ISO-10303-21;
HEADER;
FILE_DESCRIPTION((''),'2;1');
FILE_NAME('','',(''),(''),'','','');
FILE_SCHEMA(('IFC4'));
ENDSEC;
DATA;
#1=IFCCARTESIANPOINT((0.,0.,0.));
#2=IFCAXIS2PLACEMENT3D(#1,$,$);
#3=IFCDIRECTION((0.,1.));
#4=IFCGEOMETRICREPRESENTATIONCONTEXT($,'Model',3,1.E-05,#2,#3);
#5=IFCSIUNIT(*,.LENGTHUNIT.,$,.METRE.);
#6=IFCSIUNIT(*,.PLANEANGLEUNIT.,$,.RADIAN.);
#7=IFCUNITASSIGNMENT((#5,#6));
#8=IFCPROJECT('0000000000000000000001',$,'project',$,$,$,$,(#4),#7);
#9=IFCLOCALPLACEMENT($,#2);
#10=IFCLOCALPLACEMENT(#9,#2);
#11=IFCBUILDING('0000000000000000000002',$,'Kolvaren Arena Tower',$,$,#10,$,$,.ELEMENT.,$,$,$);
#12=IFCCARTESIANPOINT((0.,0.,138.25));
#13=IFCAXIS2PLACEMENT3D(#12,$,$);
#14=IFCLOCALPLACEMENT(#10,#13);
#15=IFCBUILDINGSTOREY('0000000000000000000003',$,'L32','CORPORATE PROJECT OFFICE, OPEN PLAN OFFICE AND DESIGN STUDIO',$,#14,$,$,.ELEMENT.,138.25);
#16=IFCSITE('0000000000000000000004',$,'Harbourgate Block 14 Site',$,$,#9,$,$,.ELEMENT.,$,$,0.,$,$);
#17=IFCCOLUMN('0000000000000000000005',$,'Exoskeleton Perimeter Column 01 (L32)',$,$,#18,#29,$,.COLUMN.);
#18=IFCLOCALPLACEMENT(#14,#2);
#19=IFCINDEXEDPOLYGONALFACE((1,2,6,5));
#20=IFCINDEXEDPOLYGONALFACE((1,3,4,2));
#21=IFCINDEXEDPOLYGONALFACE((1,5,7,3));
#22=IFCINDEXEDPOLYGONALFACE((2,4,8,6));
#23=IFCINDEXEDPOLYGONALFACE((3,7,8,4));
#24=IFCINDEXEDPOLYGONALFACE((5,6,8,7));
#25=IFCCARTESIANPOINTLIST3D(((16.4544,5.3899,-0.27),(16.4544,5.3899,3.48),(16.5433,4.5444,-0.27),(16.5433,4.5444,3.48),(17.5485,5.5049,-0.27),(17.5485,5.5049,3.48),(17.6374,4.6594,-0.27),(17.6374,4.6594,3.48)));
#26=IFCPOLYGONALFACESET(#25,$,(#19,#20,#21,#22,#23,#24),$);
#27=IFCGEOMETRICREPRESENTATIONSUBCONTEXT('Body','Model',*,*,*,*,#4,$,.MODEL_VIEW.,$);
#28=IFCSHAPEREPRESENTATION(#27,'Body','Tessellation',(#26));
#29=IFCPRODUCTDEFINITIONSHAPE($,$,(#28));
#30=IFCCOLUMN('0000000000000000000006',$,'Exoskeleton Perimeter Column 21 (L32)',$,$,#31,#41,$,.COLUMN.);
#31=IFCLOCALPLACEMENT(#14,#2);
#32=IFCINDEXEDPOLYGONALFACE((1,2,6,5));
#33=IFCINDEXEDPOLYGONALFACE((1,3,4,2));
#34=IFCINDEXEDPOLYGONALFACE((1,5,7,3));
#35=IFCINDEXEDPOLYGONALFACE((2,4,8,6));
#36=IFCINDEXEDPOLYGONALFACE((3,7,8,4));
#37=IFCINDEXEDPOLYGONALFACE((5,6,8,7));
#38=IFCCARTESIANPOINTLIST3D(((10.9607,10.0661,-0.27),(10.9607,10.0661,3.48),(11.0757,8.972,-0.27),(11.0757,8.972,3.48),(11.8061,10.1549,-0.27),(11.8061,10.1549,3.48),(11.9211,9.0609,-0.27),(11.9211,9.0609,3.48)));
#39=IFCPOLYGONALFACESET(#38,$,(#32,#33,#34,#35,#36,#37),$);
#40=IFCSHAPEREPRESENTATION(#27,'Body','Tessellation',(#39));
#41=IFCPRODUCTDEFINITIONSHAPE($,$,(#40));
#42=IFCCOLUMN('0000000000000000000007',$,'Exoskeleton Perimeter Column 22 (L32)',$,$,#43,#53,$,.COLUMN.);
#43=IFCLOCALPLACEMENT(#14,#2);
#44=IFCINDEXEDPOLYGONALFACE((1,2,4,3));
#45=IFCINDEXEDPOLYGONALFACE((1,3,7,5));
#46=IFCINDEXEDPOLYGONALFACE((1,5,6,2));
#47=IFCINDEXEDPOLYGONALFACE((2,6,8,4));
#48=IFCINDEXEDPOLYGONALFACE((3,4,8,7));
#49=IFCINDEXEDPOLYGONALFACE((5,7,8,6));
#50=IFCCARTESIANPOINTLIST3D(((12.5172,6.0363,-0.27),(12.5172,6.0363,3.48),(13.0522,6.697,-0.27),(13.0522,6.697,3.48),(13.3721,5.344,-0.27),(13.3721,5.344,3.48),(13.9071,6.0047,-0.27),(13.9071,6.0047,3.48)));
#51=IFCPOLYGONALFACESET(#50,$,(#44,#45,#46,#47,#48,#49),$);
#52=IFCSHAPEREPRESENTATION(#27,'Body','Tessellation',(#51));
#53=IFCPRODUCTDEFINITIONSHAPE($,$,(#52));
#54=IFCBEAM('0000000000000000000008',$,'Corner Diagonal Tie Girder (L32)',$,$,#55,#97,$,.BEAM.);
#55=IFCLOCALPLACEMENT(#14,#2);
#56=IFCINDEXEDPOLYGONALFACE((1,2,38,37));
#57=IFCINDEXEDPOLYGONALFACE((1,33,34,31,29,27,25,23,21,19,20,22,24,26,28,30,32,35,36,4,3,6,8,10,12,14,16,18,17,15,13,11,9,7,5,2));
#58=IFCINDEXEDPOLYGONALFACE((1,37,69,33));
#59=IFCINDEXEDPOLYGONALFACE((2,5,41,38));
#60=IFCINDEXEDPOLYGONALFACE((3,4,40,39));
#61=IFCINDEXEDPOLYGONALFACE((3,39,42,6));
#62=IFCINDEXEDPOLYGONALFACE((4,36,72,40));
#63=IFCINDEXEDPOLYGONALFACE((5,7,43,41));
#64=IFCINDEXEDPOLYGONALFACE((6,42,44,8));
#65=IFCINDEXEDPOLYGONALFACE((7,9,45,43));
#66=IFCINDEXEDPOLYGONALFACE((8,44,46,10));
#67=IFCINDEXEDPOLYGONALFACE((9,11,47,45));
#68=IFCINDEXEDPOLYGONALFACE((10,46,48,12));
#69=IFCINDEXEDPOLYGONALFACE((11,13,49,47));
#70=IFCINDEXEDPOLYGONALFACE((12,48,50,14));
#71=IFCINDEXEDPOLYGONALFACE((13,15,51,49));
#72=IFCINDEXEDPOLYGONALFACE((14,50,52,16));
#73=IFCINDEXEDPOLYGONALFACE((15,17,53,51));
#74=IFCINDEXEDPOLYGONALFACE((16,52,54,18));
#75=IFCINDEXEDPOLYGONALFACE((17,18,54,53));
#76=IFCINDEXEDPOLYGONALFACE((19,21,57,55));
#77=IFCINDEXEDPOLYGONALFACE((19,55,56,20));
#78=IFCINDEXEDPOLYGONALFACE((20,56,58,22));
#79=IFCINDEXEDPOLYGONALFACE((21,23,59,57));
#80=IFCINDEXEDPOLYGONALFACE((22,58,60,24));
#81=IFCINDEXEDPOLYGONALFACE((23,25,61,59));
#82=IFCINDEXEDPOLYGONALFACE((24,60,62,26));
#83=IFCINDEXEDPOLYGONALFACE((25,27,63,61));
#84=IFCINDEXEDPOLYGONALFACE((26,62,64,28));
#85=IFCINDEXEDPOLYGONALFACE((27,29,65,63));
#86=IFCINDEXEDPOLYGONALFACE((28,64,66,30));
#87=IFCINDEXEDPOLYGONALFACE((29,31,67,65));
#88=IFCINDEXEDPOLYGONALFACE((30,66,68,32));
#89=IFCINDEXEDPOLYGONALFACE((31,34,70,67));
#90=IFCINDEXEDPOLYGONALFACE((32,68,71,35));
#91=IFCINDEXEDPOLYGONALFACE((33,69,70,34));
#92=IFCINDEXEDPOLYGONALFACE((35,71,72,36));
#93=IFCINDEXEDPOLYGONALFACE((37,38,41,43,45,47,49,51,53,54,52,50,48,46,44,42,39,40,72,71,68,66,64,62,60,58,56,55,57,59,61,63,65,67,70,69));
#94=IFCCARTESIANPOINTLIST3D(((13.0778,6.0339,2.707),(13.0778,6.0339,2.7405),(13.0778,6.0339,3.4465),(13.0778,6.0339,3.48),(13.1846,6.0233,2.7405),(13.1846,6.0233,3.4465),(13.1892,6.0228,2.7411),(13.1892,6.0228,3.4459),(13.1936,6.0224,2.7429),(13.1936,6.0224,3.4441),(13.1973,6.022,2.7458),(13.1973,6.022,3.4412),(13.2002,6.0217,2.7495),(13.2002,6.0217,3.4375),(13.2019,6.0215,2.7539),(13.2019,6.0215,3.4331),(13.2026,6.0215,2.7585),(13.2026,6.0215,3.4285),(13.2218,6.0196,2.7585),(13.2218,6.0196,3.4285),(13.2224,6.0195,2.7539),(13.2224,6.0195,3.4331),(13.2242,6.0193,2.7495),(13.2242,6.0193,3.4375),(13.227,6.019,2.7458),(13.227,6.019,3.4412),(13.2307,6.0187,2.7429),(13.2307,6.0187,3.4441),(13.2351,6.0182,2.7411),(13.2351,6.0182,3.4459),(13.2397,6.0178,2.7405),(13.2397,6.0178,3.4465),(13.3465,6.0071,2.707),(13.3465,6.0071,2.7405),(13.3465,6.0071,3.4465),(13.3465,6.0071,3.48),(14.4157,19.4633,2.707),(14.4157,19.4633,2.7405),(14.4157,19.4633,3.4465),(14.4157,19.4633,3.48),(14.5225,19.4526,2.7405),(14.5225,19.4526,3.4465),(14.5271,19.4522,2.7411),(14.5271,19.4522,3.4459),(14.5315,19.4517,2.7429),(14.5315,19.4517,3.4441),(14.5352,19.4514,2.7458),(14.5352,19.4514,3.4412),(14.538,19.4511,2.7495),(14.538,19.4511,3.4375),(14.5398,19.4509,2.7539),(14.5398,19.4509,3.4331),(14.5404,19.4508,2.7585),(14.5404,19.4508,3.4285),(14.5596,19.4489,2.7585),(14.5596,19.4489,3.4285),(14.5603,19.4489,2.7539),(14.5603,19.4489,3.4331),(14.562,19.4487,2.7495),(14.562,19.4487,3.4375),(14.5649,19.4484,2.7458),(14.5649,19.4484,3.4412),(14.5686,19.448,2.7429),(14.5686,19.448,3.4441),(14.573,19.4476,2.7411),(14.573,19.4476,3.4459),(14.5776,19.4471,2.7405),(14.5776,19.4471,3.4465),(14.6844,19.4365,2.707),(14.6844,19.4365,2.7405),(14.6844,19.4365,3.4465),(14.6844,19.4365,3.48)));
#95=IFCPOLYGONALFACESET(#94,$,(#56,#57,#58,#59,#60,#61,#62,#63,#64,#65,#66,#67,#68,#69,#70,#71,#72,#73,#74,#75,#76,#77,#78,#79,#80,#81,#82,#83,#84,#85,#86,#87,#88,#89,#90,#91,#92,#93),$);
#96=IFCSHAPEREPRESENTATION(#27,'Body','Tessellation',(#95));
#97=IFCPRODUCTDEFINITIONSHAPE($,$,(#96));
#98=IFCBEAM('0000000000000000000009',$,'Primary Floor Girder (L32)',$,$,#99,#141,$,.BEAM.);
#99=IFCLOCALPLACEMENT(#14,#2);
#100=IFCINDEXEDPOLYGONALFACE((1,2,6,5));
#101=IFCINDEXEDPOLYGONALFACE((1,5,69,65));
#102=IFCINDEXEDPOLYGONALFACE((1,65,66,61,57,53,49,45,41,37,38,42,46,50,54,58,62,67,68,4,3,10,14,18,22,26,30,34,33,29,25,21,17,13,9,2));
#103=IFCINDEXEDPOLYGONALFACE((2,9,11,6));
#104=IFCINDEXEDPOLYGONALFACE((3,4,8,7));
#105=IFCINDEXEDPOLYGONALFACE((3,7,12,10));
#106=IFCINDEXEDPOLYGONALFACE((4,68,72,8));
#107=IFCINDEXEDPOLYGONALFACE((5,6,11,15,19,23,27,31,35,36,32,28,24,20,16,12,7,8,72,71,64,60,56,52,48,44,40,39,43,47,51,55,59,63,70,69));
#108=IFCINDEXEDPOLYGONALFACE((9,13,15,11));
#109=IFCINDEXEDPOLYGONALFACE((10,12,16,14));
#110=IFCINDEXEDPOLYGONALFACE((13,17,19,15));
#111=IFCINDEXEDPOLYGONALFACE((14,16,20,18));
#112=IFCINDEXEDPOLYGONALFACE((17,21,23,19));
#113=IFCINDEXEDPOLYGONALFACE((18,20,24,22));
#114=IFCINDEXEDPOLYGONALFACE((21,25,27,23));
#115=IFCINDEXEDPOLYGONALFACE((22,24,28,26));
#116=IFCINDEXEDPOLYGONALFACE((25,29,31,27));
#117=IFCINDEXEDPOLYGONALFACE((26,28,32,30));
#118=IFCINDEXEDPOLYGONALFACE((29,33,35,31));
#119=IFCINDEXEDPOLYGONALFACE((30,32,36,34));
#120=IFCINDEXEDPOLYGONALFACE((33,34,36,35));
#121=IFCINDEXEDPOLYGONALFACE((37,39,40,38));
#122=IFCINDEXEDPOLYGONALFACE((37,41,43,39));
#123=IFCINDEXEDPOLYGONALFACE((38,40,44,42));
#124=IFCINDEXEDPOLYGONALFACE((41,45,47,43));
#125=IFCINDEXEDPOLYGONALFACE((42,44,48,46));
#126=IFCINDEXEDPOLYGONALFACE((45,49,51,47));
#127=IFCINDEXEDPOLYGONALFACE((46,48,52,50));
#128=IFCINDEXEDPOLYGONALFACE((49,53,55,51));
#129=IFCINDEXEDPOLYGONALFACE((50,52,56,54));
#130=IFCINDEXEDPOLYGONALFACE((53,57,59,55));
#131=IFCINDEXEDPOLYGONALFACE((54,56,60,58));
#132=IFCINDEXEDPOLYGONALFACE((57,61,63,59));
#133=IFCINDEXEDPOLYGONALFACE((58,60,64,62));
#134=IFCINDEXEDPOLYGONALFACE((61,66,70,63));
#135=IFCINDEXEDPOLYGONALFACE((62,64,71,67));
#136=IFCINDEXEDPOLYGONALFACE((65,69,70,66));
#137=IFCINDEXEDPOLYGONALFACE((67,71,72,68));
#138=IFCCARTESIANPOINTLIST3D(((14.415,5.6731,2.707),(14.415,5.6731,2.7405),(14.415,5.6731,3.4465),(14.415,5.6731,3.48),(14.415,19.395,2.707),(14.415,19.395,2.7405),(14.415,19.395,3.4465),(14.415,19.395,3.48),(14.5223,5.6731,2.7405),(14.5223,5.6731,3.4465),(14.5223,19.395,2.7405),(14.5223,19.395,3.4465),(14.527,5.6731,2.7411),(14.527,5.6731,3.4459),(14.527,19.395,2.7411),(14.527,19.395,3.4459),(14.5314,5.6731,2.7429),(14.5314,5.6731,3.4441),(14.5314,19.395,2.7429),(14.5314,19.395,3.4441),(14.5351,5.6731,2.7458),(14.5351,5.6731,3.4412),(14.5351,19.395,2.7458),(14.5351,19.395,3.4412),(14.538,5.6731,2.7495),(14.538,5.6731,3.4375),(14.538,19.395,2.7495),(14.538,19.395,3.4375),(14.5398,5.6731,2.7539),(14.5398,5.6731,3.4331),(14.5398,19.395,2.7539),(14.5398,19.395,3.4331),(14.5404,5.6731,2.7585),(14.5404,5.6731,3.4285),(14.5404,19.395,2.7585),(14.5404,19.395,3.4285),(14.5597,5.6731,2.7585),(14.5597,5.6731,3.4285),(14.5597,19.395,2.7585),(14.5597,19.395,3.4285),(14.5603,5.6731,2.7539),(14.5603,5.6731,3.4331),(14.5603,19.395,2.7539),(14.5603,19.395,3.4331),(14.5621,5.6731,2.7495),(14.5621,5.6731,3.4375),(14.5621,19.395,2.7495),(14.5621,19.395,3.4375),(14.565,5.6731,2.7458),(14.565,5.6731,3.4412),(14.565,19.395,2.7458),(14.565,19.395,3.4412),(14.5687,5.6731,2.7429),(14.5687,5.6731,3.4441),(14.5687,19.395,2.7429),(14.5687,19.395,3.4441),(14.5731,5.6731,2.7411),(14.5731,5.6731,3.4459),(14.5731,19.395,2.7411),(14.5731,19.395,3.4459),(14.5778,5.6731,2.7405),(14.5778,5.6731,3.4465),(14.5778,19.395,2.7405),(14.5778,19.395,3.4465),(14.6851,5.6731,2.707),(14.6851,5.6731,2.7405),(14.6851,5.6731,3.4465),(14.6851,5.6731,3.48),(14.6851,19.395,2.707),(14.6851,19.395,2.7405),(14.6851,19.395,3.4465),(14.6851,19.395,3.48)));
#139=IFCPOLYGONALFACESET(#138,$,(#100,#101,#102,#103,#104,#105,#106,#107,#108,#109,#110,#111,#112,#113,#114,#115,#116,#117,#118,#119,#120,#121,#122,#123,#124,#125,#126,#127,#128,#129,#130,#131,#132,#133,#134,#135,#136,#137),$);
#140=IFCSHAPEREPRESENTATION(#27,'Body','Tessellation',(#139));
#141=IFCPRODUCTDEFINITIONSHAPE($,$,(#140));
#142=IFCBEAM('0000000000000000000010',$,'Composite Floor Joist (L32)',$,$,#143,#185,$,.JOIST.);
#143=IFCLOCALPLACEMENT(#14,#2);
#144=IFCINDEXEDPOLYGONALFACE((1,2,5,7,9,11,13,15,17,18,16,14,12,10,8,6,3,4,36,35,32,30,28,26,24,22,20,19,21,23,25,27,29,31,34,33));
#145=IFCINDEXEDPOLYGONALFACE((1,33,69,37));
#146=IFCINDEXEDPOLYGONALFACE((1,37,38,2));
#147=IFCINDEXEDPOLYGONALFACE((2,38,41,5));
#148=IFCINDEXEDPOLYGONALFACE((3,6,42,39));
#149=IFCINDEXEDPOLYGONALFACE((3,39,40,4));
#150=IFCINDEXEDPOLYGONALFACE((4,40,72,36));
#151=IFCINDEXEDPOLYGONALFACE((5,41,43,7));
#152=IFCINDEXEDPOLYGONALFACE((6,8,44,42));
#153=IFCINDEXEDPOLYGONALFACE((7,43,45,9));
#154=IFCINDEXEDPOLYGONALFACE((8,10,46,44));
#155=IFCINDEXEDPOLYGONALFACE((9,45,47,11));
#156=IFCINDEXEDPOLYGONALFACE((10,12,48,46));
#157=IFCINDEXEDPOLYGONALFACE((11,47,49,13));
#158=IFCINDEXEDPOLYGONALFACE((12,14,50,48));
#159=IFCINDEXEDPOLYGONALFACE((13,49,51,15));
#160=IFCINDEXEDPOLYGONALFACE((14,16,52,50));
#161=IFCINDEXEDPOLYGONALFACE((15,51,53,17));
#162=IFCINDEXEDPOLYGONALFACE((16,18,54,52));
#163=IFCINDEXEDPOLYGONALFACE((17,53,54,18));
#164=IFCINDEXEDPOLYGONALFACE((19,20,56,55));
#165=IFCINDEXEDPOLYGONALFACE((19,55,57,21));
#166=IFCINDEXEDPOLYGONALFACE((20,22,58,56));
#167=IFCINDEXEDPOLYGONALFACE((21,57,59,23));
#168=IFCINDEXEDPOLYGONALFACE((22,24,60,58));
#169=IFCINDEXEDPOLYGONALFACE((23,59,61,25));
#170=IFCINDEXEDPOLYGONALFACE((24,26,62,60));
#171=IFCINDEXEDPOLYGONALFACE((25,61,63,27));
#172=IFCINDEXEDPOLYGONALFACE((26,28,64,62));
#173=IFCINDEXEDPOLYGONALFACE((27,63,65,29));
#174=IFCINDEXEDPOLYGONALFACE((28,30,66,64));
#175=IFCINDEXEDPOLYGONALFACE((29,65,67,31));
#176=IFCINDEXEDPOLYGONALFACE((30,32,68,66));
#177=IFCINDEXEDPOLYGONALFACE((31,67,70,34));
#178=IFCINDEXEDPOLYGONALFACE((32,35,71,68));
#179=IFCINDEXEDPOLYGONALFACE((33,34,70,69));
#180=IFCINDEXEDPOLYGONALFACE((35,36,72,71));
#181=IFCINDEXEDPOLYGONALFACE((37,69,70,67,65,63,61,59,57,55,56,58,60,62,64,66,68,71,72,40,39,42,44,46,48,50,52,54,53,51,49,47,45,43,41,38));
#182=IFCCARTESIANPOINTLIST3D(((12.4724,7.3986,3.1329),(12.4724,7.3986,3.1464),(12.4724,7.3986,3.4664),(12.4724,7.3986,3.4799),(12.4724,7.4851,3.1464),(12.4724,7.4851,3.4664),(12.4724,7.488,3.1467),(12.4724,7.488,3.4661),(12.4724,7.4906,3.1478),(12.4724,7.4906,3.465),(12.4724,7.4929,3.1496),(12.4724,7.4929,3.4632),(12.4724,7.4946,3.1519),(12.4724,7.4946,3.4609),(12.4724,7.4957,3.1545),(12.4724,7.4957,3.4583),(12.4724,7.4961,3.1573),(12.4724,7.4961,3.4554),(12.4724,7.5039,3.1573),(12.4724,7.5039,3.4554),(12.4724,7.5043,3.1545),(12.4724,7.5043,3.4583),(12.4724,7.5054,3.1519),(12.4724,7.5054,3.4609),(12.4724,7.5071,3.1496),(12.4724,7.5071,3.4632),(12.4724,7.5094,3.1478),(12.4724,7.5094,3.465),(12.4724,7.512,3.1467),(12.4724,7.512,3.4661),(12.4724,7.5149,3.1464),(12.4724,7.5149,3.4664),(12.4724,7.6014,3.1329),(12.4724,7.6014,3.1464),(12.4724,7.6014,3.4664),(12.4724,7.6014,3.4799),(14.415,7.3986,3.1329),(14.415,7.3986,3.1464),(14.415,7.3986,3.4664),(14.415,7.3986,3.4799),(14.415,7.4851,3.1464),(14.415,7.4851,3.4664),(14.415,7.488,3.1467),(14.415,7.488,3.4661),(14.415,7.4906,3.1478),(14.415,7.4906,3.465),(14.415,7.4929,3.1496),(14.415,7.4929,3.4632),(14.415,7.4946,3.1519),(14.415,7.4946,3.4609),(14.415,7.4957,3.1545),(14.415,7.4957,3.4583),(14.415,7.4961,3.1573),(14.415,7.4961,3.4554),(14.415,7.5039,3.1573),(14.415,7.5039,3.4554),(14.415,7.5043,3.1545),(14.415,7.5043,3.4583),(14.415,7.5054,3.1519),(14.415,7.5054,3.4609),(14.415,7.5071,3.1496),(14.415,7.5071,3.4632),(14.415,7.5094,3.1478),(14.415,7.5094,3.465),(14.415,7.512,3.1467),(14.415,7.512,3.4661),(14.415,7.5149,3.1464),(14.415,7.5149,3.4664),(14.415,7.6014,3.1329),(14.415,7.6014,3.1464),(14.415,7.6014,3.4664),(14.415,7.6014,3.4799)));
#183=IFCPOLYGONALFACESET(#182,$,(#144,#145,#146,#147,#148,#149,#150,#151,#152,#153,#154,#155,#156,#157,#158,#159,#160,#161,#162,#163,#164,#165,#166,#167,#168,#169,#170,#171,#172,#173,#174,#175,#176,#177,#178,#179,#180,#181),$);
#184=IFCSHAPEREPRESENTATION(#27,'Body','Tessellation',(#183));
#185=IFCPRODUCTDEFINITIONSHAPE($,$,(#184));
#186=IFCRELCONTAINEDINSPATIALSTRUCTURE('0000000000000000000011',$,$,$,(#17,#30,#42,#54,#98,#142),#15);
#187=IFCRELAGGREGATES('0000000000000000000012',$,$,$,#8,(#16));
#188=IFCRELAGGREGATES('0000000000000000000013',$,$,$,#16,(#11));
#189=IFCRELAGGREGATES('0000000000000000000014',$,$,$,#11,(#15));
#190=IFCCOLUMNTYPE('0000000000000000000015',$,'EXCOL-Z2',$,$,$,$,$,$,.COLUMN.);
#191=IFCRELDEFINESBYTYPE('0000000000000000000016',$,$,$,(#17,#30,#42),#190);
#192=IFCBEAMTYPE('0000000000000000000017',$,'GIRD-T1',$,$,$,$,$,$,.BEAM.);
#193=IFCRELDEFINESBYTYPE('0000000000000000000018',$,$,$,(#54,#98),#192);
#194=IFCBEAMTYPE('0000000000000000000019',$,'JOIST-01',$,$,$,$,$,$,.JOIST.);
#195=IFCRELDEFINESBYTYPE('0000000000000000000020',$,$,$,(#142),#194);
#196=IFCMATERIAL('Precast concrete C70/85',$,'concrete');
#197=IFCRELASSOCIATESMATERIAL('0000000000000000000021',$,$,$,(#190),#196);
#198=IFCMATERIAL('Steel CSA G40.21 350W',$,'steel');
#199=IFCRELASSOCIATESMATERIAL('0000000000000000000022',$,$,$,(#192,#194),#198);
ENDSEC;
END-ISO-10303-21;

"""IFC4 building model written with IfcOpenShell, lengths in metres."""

from ifc_helpers import new_model, si_unit, direction, frame, origin, origin_2d, place, context, subcontext, project, spatial, rectangle, i_section, extrude, material, material_profile, profile_set, type_object, element, save


model = new_model("IFC4")

# Units and contexts
model_context = context("Model", 3, precision=1e-05, world=origin(), true_north=direction((0.0, 1.0)))
body_context = subcontext(model_context, "Body", "Model", "MODEL_VIEW")
ifc_project = project(units=[si_unit("LENGTHUNIT", "METRE"), si_unit("PLANEANGLEUNIT", "RADIAN")], contexts=[model_context])

# Site, building, storey
site_placement = place(None, origin())
site = spatial("IfcSite", under=ifc_project, at=site_placement, Name="Harbourgate Block 14 Site", CompositionType="ELEMENT", RefElevation=0.0)
building_placement = place(site_placement, origin())
building = spatial("IfcBuilding", under=site, at=building_placement, Name="Kolvaren Arena Tower", CompositionType="ELEMENT")
storey_placement = place(building_placement, frame((0.0, 0.0, 138.25)))
storey = spatial("IfcBuildingStorey", under=building, at=storey_placement, Name="L32", Description="CORPORATE PROJECT OFFICE, OPEN PLAN OFFICE AND DESIGN STUDIO", CompositionType="ELEMENT", Elevation=138.25)

# Columns
ifc_material_1 = material(Name="Precast concrete C70/85", Category="concrete")
ifc_material_profile_1 = material_profile(ifc_material_1, rectangle(XDim=1.1001, YDim=0.8501, at=origin_2d()), Name="RC-1100x850")
ifc_profile_set_1 = profile_set([ifc_material_profile_1], Name="Precast concrete C70/85")
column_type = type_object("IfcColumnType", Name="EXCOL-Z2", PredefinedType="COLUMN", material=ifc_profile_set_1)
for number, where, z_axis, x_axis, name in (
    (1, (17.0459, 5.0247, -0.27), (0.0, 0.0, 1.0), (0.994522, 0.104528, 0.0), "Exoskeleton Perimeter Column 01 (L32)"),
    (2, (11.4409, 9.5635, -0.27), (0.0, 0.0, 1.0), (-0.104528, 0.994522, 0.0), "Exoskeleton Perimeter Column 21 (L32)"),
    (3, (13.2122, 6.0205, -0.27), (0.0, 0.0, 1.0), (-0.777146, 0.62932, 0.0), "Exoskeleton Perimeter Column 22 (L32)"),
):
    element("IfcColumn", number, at=place(storey_placement, frame(where, z_axis=z_axis, x_axis=x_axis)), inside=storey, type_object=column_type, Name=name, PredefinedType="COLUMN", context=body_context, shape_type="SweptSolid", body=[
        extrude(rectangle(XDim=1.1001, YDim=0.8501, at=origin_2d()), origin(), (0.0, 0.0, 1.0), 3.75),
    ])

# Beams
ifc_material_2 = material(Name="Steel CSA G40.21 350W", Category="steel")
ifc_material_profile_2 = material_profile(ifc_material_2, i_section(OverallWidth=0.27, OverallDepth=0.7729, WebThickness=0.0193, FlangeThickness=0.0334, FilletRadius=0.0181, at=origin_2d()), Name="W760x257")
ifc_profile_set_2 = profile_set([ifc_material_profile_2], Name="Steel CSA G40.21 350W")
beam_type_1 = type_object("IfcBeamType", Name="GIRD-T1", PredefinedType="BEAM", material=ifc_profile_set_2)
beam_1_placement = place(storey_placement, frame((13.2122, 6.0205, 3.0935), z_axis=(0.099133, 0.995074, 0.0), x_axis=(-0.995074, 0.099133, 0.0)))
element("IfcBeam", 4, at=beam_1_placement, inside=storey, type_object=beam_type_1, Name="Corner Diagonal Tie Girder (L32)", PredefinedType="BEAM", context=body_context, shape_type="SweptSolid", body=[
    extrude(i_section(OverallWidth=0.27, OverallDepth=0.7729, WebThickness=0.0193, FlangeThickness=0.0334, FilletRadius=0.0181, at=origin_2d()), origin(), (0.0, 0.0, 1.0), 13.4958),
])
beam_2_placement = place(storey_placement, frame((14.55, 5.6731, 3.0935), z_axis=(0.0, 1.0, 0.0), x_axis=(-1.0, 0.0, 0.0)))
element("IfcBeam", 5, at=beam_2_placement, inside=storey, type_object=beam_type_1, Name="Primary Floor Girder (L32)", PredefinedType="BEAM", context=body_context, shape_type="SweptSolid", body=[
    extrude(i_section(OverallWidth=0.27, OverallDepth=0.7729, WebThickness=0.0193, FlangeThickness=0.0334, FilletRadius=0.0181, at=origin_2d()), origin(), (0.0, 0.0, 1.0), 13.7219),
])
ifc_material_profile_3 = material_profile(ifc_material_2, i_section(OverallWidth=0.2029, OverallDepth=0.3469, WebThickness=0.0078, FlangeThickness=0.0134, FilletRadius=0.011, at=origin_2d()), Name="W360x64")
ifc_profile_set_3 = profile_set([ifc_material_profile_3], Name="Steel CSA G40.21 350W")
beam_type_2 = type_object("IfcBeamType", Name="JOIST-01", PredefinedType="JOIST", material=ifc_profile_set_3)
beam_3_placement = place(storey_placement, frame((12.4724, 7.5, 3.3064), z_axis=(1.0, 0.0, 0.0), x_axis=(0.0, 1.0, 0.0)))
element("IfcBeam", 6, at=beam_3_placement, inside=storey, type_object=beam_type_2, Name="Composite Floor Joist (L32)", PredefinedType="JOIST", context=body_context, shape_type="SweptSolid", body=[
    extrude(i_section(OverallWidth=0.2029, OverallDepth=0.3469, WebThickness=0.0078, FlangeThickness=0.0134, FilletRadius=0.011, at=origin_2d()), origin(), (0.0, 0.0, 1.0), 1.9426),
])

save(model, "model.ifc")
